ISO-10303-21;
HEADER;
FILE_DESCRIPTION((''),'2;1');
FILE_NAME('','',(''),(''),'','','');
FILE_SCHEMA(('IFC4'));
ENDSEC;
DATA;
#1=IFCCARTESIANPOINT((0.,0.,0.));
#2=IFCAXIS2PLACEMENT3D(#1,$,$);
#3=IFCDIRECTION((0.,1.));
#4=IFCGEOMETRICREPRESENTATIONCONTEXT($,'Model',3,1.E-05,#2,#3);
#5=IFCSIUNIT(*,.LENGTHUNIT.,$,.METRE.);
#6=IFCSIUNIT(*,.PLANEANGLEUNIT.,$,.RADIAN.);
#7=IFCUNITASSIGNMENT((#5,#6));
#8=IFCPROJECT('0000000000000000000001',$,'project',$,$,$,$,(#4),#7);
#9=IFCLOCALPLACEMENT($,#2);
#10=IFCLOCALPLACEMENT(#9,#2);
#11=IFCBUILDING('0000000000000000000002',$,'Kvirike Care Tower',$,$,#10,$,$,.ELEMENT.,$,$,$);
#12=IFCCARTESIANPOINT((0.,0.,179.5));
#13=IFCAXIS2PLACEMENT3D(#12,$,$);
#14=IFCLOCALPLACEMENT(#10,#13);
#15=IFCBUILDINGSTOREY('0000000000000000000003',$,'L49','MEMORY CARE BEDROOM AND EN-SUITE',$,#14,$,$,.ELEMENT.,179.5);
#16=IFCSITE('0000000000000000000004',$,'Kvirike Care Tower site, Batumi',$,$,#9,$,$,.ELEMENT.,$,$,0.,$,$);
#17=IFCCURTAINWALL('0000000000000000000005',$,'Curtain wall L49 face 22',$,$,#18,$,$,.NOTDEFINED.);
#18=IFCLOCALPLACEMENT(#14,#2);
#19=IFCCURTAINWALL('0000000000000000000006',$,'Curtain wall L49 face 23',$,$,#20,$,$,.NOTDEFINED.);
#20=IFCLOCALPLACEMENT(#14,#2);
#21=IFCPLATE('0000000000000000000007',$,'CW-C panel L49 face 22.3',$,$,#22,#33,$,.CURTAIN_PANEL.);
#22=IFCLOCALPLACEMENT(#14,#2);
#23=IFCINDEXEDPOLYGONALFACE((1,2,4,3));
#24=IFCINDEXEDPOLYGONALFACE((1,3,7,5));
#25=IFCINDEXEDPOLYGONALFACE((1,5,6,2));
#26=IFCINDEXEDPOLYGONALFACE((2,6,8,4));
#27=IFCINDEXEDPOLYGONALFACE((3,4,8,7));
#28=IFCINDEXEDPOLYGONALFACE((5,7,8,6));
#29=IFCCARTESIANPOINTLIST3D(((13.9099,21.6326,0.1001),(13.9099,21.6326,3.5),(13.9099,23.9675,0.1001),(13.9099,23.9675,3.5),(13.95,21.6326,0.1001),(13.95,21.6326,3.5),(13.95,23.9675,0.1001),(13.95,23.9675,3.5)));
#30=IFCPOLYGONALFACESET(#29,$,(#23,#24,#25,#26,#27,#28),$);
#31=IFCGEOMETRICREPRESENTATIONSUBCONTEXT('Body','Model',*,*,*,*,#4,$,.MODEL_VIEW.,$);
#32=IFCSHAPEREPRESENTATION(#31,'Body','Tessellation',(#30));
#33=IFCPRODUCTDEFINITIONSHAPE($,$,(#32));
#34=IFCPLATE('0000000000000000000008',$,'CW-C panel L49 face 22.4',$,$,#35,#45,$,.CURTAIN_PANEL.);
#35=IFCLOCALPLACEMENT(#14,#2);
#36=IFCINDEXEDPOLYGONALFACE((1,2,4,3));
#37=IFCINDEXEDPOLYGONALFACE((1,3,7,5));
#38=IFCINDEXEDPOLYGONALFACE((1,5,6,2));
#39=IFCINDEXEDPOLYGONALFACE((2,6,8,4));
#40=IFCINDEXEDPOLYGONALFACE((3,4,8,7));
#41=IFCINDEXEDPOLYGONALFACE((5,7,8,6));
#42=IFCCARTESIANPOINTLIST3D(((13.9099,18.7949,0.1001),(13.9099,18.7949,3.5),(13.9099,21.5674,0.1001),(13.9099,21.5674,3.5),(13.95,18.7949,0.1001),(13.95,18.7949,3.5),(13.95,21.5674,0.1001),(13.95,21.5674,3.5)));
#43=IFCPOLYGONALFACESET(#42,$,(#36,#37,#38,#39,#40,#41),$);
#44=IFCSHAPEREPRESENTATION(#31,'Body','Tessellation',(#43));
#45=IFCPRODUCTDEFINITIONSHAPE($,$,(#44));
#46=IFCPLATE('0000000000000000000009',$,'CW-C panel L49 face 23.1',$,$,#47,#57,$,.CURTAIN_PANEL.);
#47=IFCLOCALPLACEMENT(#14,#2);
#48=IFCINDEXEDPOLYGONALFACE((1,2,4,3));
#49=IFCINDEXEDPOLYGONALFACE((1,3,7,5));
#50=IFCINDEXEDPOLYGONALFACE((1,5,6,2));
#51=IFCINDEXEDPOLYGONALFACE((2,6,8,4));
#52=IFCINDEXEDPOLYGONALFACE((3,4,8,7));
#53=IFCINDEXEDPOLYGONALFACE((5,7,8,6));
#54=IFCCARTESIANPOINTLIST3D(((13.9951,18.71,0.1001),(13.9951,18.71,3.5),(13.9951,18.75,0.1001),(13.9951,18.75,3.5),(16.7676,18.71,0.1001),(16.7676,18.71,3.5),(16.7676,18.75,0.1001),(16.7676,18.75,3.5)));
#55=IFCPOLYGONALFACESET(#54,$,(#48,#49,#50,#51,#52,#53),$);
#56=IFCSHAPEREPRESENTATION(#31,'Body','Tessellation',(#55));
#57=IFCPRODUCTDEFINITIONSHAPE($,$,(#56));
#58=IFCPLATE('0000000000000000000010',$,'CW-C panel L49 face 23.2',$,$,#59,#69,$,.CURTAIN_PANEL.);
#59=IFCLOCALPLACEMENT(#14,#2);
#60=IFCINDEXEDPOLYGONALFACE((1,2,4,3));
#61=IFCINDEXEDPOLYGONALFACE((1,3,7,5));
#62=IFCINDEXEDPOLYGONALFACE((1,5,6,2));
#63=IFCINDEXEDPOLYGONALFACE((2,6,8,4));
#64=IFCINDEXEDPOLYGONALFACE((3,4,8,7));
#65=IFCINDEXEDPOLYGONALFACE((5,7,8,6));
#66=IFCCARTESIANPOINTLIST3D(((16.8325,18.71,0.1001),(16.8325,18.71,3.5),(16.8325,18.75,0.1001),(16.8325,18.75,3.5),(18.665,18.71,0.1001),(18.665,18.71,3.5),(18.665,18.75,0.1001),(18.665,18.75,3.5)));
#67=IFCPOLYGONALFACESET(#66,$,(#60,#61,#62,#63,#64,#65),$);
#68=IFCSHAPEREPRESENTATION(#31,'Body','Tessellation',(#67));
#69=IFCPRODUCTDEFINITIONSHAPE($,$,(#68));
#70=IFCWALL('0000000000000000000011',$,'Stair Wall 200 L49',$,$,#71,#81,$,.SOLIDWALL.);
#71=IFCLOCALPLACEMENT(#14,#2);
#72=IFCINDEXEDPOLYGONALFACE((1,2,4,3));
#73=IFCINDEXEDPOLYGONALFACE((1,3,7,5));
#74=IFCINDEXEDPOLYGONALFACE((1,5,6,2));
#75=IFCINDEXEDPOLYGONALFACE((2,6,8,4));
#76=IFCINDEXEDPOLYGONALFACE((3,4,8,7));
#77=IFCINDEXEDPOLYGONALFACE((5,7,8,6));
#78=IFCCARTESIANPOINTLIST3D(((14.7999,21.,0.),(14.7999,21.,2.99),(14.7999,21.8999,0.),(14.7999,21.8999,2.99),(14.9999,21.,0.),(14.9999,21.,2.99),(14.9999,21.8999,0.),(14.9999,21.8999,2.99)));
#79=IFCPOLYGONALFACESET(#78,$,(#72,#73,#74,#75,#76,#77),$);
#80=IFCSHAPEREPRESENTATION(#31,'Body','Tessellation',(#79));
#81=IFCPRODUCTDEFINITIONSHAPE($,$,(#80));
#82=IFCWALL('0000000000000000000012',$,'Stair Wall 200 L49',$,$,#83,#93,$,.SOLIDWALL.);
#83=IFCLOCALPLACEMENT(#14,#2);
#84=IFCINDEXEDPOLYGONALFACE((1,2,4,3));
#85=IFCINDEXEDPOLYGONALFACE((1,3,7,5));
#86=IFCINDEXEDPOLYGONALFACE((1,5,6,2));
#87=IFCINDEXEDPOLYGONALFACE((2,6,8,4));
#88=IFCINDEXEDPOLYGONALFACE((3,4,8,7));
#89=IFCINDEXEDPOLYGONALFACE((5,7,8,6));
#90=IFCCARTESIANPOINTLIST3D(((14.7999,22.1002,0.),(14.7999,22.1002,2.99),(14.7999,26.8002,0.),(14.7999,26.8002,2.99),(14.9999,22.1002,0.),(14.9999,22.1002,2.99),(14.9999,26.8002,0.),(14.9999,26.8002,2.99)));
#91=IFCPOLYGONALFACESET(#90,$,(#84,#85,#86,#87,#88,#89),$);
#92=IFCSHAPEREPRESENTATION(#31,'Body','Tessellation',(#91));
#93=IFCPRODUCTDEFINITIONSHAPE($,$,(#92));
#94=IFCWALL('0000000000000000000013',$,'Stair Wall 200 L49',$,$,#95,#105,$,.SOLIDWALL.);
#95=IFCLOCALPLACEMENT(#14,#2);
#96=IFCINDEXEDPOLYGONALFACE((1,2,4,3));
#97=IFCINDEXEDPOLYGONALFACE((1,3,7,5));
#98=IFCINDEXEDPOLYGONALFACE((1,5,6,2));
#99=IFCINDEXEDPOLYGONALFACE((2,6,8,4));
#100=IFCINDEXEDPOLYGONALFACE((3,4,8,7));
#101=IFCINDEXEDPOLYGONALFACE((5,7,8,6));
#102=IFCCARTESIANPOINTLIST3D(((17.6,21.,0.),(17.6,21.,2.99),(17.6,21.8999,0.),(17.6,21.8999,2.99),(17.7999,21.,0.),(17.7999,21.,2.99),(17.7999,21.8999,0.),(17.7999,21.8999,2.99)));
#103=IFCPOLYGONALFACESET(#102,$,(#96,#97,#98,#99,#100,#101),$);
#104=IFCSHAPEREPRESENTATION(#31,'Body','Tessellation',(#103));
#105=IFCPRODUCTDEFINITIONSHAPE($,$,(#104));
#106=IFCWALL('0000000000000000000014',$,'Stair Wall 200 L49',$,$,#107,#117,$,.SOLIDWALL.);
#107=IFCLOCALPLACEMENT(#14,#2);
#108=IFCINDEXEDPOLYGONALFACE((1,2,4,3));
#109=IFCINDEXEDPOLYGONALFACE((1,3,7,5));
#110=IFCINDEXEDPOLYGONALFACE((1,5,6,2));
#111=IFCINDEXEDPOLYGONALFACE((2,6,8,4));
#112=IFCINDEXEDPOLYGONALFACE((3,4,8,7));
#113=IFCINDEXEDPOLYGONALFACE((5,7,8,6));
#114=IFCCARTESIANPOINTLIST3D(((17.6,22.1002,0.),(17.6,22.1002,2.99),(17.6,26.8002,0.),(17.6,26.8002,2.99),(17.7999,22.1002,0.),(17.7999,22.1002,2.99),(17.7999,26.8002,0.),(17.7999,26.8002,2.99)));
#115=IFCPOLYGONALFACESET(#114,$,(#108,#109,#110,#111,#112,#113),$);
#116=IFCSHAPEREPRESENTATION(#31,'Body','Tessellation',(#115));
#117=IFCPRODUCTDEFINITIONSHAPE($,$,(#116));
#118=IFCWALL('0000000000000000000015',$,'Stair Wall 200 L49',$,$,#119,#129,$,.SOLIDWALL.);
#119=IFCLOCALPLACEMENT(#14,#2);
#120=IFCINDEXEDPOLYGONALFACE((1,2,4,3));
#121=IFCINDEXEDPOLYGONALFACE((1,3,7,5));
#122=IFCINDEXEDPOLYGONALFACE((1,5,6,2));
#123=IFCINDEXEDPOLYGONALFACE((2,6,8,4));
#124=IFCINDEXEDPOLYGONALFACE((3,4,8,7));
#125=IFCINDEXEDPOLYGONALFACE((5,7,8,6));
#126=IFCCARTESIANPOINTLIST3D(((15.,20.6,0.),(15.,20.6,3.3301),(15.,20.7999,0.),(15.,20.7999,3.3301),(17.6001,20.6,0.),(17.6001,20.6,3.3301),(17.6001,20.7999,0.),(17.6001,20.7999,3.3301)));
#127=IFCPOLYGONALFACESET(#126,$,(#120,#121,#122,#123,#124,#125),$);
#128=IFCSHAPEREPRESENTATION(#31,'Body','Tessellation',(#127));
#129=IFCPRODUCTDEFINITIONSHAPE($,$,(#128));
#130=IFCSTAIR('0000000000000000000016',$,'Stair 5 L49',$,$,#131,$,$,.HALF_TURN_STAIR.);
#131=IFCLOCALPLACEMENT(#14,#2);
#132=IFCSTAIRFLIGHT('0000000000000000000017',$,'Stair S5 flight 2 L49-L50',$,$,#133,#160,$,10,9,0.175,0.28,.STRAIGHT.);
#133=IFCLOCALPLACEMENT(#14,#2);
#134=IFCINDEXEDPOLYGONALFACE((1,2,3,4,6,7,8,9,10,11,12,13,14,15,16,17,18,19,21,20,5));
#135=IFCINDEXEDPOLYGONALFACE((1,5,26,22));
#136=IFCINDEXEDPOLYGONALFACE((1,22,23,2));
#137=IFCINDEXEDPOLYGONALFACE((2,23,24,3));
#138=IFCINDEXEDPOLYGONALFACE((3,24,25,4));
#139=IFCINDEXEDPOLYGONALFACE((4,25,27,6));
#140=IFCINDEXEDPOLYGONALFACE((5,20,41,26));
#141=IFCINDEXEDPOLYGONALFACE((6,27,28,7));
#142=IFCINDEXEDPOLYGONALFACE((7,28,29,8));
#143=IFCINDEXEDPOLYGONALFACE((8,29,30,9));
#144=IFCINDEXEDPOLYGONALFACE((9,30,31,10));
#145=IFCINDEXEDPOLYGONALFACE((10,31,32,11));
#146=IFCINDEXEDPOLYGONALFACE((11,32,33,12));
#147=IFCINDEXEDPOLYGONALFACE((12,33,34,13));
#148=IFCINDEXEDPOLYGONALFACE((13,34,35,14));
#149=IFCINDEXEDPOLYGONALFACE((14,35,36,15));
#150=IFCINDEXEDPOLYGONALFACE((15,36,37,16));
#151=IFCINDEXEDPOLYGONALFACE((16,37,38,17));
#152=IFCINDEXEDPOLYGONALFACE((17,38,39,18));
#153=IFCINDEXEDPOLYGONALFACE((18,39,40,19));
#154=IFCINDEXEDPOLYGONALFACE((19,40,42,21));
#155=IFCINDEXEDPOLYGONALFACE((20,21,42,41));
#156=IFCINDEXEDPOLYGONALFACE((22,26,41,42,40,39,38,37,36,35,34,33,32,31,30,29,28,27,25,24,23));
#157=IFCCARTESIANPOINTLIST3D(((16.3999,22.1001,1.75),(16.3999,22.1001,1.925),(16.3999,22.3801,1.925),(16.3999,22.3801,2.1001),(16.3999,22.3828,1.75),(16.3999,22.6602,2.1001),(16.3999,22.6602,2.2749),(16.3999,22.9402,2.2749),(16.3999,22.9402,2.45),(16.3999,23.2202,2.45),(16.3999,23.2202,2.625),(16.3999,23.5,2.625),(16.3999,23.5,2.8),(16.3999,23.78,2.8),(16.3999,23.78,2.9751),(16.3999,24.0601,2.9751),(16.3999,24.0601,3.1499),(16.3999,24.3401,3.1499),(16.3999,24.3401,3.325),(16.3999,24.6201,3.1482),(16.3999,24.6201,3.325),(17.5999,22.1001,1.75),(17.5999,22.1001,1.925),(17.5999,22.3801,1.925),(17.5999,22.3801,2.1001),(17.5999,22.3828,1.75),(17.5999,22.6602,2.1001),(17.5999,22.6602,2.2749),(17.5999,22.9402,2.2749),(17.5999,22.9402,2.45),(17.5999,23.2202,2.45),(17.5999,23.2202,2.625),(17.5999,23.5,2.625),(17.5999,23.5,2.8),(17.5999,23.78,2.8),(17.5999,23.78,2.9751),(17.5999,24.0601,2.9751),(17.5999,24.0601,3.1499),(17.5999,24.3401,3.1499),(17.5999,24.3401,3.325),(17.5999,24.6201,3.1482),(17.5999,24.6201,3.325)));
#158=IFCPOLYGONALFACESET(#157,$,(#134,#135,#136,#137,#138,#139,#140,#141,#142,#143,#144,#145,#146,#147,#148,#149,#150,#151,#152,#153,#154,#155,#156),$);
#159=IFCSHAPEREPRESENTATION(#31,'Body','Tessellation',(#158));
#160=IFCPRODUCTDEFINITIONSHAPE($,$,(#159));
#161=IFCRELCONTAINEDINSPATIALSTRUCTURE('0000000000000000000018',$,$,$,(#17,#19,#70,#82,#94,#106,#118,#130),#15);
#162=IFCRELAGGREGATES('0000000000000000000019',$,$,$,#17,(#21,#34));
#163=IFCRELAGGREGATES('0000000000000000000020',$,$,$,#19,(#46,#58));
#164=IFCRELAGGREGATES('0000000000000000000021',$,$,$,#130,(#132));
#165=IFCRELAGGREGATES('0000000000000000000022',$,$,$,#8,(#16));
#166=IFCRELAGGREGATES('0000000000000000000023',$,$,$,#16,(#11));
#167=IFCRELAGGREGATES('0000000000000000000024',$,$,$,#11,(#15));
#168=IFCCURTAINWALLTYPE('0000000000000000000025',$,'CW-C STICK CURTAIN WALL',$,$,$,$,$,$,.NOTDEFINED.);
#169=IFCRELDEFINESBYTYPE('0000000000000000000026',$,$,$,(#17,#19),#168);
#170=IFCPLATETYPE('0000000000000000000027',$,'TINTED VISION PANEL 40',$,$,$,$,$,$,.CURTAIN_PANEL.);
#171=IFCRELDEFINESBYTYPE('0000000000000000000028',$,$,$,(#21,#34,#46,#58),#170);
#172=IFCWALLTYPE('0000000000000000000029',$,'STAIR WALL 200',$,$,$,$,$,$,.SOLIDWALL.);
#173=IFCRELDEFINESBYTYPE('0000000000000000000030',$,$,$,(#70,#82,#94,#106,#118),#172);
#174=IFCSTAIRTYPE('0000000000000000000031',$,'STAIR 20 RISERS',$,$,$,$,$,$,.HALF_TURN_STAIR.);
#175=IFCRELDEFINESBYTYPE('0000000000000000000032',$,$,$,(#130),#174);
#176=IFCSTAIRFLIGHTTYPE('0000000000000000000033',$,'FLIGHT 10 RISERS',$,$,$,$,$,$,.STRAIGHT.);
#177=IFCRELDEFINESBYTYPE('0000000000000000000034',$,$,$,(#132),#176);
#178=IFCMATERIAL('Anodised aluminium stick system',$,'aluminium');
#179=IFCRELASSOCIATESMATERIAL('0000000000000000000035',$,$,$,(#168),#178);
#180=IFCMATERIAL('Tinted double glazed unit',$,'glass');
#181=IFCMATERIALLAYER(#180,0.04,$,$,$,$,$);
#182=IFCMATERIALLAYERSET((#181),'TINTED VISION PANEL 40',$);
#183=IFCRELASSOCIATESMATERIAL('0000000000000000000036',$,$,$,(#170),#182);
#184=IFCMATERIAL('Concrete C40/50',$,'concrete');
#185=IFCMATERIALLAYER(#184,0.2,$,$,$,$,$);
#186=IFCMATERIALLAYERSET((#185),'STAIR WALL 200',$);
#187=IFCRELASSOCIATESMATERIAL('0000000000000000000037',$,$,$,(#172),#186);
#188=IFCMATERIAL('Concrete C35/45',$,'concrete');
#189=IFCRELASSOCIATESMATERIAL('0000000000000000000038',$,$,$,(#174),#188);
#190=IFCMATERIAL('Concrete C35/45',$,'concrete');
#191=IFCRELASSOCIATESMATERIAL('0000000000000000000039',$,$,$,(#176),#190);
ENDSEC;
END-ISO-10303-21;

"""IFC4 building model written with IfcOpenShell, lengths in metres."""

from ifc_helpers import new_model, si_unit, direction, frame, frame_2d, origin, origin_2d, place, context, subcontext, project, spatial, polyline, rectangle, outline, extrude, material, layer, layer_set, type_object, element, aggregate, save


model = new_model("IFC4")

# Units and contexts
model_context = context("Model", 3, precision=1e-05, world=origin(), true_north=direction((0.0, 1.0)))
body_context = subcontext(model_context, "Body", "Model", "MODEL_VIEW")
ifc_project = project(units=[si_unit("LENGTHUNIT", "METRE"), si_unit("PLANEANGLEUNIT", "RADIAN")], contexts=[model_context])

# Site, building, storey
site_placement = place(None, origin())
site = spatial("IfcSite", under=ifc_project, at=site_placement, Name="Kvirike Care Tower site, Batumi", CompositionType="ELEMENT", RefElevation=0.0)
building_placement = place(site_placement, origin())
building = spatial("IfcBuilding", under=site, at=building_placement, Name="Kvirike Care Tower", CompositionType="ELEMENT")
storey_placement = place(building_placement, frame((0.0, 0.0, 179.5)))
storey = spatial("IfcBuildingStorey", under=building, at=storey_placement, Name="L49", Description="MEMORY CARE BEDROOM AND EN-SUITE", CompositionType="ELEMENT", Elevation=179.5)

# Curtain walls
ifc_material_1 = material(Name="Anodised aluminium stick system", Category="aluminium")
curtain_wall_type = type_object("IfcCurtainWallType", Name="CW-C STICK CURTAIN WALL", PredefinedType="NOTDEFINED", material=ifc_material_1)
curtain_wall_1_placement = place(storey_placement, origin())
curtain_wall_1 = element("IfcCurtainWall", 1, at=curtain_wall_1_placement, inside=storey, type_object=curtain_wall_type, Name="Curtain wall L49 face 22", PredefinedType="NOTDEFINED")
curtain_wall_2_placement = place(storey_placement, origin())
curtain_wall_2 = element("IfcCurtainWall", 2, at=curtain_wall_2_placement, inside=storey, type_object=curtain_wall_type, Name="Curtain wall L49 face 23", PredefinedType="NOTDEFINED")

# Plates
ifc_material_2 = material(Name="Tinted double glazed unit", Category="glass")
ifc_layer_1 = layer(ifc_material_2, 0.04)
ifc_layer_set_1 = layer_set([ifc_layer_1], Name="TINTED VISION PANEL 40")
plate_type = type_object("IfcPlateType", Name="TINTED VISION PANEL 40", PredefinedType="CURTAIN_PANEL", material=ifc_layer_set_1)
plate_1_placement = place(storey_placement, frame((13.9299, 22.8, 0.1001), z_axis=(0.0, 0.0, 1.0), x_axis=(0.0, -1.0, 0.0)))
plate_1 = element("IfcPlate", 3, at=plate_1_placement, type_object=plate_type, Name="CW-C panel L49 face 22.3", PredefinedType="CURTAIN_PANEL", context=body_context, shape_type="SweptSolid", body=[
    extrude(rectangle(XDim=2.335, YDim=0.04, at=origin_2d()), origin(), (0.0, 0.0, 1.0), 3.3999),
])
plate_2_placement = place(storey_placement, frame((13.9299, 20.1812, 0.1001), z_axis=(0.0, 0.0, 1.0), x_axis=(0.0, -1.0, 0.0)))
plate_2 = element("IfcPlate", 4, at=plate_2_placement, type_object=plate_type, Name="CW-C panel L49 face 22.4", PredefinedType="CURTAIN_PANEL", context=body_context, shape_type="SweptSolid", body=[
    extrude(rectangle(XDim=2.7725, YDim=0.04, at=origin_2d()), origin(), (0.0, 0.0, 1.0), 3.3999),
])
aggregate(curtain_wall_1, [plate_1, plate_2])
plate_3_placement = place(storey_placement, frame((15.3813, 18.73, 0.1001), z_axis=(0.0, 0.0, 1.0), x_axis=(1.0, 0.0, 0.0)))
plate_3 = element("IfcPlate", 5, at=plate_3_placement, type_object=plate_type, Name="CW-C panel L49 face 23.1", PredefinedType="CURTAIN_PANEL", context=body_context, shape_type="SweptSolid", body=[
    extrude(rectangle(XDim=2.7725, YDim=0.04, at=origin_2d()), origin(), (0.0, 0.0, 1.0), 3.3999),
])
plate_4_placement = place(storey_placement, frame((17.7488, 18.73, 0.1001), z_axis=(0.0, 0.0, 1.0), x_axis=(1.0, 0.0, 0.0)))
plate_4 = element("IfcPlate", 6, at=plate_4_placement, type_object=plate_type, Name="CW-C panel L49 face 23.2", PredefinedType="CURTAIN_PANEL", context=body_context, shape_type="SweptSolid", body=[
    extrude(rectangle(XDim=1.8325, YDim=0.04, at=origin_2d()), origin(), (0.0, 0.0, 1.0), 3.3999),
])
aggregate(curtain_wall_2, [plate_3, plate_4])

# Walls
ifc_material_3 = material(Name="Concrete C40/50", Category="concrete")
ifc_layer_2 = layer(ifc_material_3, 0.2)
ifc_layer_set_2 = layer_set([ifc_layer_2], Name="STAIR WALL 200")
wall_type = type_object("IfcWallType", Name="STAIR WALL 200", PredefinedType="SOLIDWALL", material=ifc_layer_set_2)
wall_1_placement = place(storey_placement, frame((14.8999, 21.0, 0.0), z_axis=(0.0, 0.0, 1.0), x_axis=(0.0, 1.0, 0.0)))
element("IfcWall", 7, at=wall_1_placement, inside=storey, type_object=wall_type, Name="Stair Wall 200 L49", PredefinedType="SOLIDWALL", context=body_context, shape_type="SweptSolid", body=[
    extrude(rectangle(XDim=0.8999, YDim=0.2, at=frame_2d((0.45, 0.0))), origin(), (0.0, 0.0, 1.0), 2.99),
])
wall_2_placement = place(storey_placement, frame((14.8999, 22.1001, 0.0), z_axis=(0.0, 0.0, 1.0), x_axis=(0.0, 1.0, 0.0)))
element("IfcWall", 8, at=wall_2_placement, inside=storey, type_object=wall_type, Name="Stair Wall 200 L49", PredefinedType="SOLIDWALL", context=body_context, shape_type="SweptSolid", body=[
    extrude(rectangle(XDim=4.7, YDim=0.2, at=frame_2d((2.3501, 0.0))), origin(), (0.0, 0.0, 1.0), 2.99),
])
wall_3_placement = place(storey_placement, frame((17.7, 21.0, 0.0), z_axis=(0.0, 0.0, 1.0), x_axis=(0.0, 1.0, 0.0)))
element("IfcWall", 9, at=wall_3_placement, inside=storey, type_object=wall_type, Name="Stair Wall 200 L49", PredefinedType="SOLIDWALL", context=body_context, shape_type="SweptSolid", body=[
    extrude(rectangle(XDim=0.8999, YDim=0.2, at=frame_2d((0.45, 0.0))), origin(), (0.0, 0.0, 1.0), 2.99),
])
wall_4_placement = place(storey_placement, frame((17.7, 22.1001, 0.0), z_axis=(0.0, 0.0, 1.0), x_axis=(0.0, 1.0, 0.0)))
element("IfcWall", 10, at=wall_4_placement, inside=storey, type_object=wall_type, Name="Stair Wall 200 L49", PredefinedType="SOLIDWALL", context=body_context, shape_type="SweptSolid", body=[
    extrude(rectangle(XDim=4.7, YDim=0.2, at=frame_2d((2.3501, 0.0))), origin(), (0.0, 0.0, 1.0), 2.99),
])
wall_5_placement = place(storey_placement, frame((15.0, 20.7, 0.0), z_axis=(0.0, 0.0, 1.0), x_axis=(1.0, 0.0, 0.0)))
element("IfcWall", 11, at=wall_5_placement, inside=storey, type_object=wall_type, Name="Stair Wall 200 L49", PredefinedType="SOLIDWALL", context=body_context, shape_type="SweptSolid", body=[
    extrude(rectangle(XDim=2.6001, YDim=0.2, at=frame_2d((1.3, 0.0))), origin(), (0.0, 0.0, 1.0), 3.3301),
])

# Stair, stair flight
ifc_material_4 = material(Name="Concrete C35/45", Category="concrete")
stair_type = type_object("IfcStairType", Name="STAIR 20 RISERS", PredefinedType="HALF_TURN_STAIR", material=ifc_material_4)
stair_placement = place(storey_placement, origin())
stair = element("IfcStair", 12, at=stair_placement, inside=storey, type_object=stair_type, Name="Stair 5 L49", PredefinedType="HALF_TURN_STAIR")
ifc_material_5 = material(Name="Concrete C35/45", Category="concrete")
stair_flight_type = type_object("IfcStairFlightType", Name="FLIGHT 10 RISERS", PredefinedType="STRAIGHT", material=ifc_material_5)
stair_flight_placement = place(storey_placement, frame((17.0, 22.1001, 1.75), z_axis=(0.0, 0.0, 1.0), x_axis=(0.0, 1.0, 0.0)))
stair_flight = element("IfcStairFlight", 13, at=stair_flight_placement, type_object=stair_flight_type, Name="Stair S5 flight 2 L49-L50", NumberOfRisers=10, NumberOfTreads=9, PredefinedType="STRAIGHT", RiserHeight=0.175, TreadLength=0.28, context=body_context, shape_type="SweptSolid", body=[
    extrude(outline(polyline([(0.0, 0.0), (0.0, 0.175), (0.28, 0.175), (0.28, 0.3501), (0.5601, 0.3501), (0.5601, 0.5249), (0.8401, 0.5249), (0.8401, 0.7), (1.1201, 0.7), (1.1201, 0.875), (1.3999, 0.875), (1.3999, 1.05), (1.6799, 1.05), (1.6799, 1.2251), (1.96, 1.2251), (1.96, 1.3999), (2.24, 1.3999), (2.24, 1.575), (2.52, 1.575), (2.52, 1.75), (2.52, 1.3982), (0.2827, 0.0), (0.0, 0.0)])), frame((0.0, 0.6001, 0.0), z_axis=(0.0, -1.0, 0.0), x_axis=(1.0, 0.0, 0.0)), (0.0, 0.0, 1.0), 1.2),
])
aggregate(stair, [stair_flight])

save(model, "model.ifc")
